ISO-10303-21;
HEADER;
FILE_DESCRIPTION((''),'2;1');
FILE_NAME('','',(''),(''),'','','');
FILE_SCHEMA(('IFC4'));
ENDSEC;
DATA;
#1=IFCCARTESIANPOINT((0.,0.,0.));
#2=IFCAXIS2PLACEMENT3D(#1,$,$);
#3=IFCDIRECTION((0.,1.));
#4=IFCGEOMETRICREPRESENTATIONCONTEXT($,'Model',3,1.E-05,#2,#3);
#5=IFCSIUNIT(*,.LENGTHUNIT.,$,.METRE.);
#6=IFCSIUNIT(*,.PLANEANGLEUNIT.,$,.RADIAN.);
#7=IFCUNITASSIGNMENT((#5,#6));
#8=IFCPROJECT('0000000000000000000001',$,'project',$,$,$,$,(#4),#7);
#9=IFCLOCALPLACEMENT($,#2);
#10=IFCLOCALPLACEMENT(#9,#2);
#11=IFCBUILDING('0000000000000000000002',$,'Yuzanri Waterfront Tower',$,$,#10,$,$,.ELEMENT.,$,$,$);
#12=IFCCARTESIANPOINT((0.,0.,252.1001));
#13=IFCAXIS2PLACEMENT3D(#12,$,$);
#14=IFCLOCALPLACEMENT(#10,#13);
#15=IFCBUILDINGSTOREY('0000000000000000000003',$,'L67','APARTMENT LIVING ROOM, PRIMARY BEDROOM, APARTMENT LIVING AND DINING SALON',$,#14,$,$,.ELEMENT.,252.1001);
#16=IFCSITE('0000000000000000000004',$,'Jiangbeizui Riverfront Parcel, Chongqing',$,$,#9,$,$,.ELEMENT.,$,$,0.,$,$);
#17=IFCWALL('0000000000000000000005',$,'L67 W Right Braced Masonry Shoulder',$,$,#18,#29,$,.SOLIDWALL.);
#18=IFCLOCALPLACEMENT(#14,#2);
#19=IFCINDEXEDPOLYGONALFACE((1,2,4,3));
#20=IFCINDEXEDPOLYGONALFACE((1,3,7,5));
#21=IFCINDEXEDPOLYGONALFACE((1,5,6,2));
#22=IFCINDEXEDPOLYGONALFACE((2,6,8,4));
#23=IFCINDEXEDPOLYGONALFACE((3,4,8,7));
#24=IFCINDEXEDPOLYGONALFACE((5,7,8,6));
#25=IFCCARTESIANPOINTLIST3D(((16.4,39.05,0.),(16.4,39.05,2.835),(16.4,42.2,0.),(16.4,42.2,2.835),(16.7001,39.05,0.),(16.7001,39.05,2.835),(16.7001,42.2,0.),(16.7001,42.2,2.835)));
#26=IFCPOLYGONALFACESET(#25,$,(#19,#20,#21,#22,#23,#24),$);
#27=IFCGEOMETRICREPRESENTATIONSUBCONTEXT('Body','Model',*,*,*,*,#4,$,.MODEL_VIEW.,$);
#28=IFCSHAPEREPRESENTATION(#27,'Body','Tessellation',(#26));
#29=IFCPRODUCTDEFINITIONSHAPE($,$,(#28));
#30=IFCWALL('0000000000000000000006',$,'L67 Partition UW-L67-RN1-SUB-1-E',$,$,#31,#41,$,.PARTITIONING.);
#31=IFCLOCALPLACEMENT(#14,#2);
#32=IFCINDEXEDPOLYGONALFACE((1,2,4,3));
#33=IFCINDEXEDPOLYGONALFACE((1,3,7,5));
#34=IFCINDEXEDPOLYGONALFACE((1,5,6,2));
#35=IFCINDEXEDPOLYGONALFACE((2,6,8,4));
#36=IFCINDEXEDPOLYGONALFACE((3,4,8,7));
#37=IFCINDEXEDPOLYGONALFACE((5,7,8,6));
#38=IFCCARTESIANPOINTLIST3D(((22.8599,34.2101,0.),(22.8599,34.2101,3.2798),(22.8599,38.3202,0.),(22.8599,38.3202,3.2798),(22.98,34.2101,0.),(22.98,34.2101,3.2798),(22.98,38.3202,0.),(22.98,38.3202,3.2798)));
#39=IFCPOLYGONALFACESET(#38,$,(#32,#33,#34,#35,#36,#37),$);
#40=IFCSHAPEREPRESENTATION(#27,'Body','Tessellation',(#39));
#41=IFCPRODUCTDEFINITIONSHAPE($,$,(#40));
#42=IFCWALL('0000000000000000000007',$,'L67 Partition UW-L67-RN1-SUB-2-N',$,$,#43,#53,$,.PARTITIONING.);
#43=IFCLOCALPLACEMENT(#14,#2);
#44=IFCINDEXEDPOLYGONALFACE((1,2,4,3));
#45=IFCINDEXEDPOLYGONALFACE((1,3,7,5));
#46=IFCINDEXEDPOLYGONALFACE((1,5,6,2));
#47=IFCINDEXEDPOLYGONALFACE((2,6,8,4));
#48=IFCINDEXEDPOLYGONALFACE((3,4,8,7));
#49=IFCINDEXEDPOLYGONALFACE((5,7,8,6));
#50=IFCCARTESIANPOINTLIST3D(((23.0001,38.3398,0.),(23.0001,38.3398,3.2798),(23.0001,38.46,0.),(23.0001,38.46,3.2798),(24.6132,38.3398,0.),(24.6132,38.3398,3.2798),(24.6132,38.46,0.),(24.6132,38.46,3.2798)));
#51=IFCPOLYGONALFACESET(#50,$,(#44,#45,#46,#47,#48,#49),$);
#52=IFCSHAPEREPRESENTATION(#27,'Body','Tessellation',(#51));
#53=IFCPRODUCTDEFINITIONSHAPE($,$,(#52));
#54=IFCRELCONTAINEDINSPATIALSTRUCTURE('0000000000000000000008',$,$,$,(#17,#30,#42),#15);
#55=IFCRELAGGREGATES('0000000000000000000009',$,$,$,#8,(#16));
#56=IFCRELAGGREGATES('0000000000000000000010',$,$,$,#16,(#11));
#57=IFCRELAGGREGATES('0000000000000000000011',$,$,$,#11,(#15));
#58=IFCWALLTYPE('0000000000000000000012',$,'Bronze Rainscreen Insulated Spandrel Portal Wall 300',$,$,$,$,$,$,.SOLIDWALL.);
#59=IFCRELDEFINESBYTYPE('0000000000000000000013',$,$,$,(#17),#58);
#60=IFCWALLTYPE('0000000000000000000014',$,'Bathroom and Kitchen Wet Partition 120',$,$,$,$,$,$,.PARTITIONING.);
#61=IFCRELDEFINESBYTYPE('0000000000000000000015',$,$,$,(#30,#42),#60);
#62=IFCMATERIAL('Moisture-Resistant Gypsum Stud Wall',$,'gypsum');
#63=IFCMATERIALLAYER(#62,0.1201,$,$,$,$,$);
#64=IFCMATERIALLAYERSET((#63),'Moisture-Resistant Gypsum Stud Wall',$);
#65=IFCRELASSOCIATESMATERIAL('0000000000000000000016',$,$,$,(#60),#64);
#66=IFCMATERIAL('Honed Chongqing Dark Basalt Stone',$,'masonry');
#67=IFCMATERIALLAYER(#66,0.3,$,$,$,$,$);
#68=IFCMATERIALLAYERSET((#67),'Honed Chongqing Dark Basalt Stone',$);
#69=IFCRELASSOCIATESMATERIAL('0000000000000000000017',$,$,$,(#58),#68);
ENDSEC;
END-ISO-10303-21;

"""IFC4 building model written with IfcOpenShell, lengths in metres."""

from ifc_helpers import new_model, si_unit, direction, frame, frame_2d, origin, place, context, subcontext, project, spatial, rectangle, extrude, source, transform, mapped, material, layer, layer_set, type_object, element, save


model = new_model("IFC4")

# Units and contexts
model_context = context("Model", 3, precision=1e-05, world=origin(), true_north=direction((0.0, 1.0)))
body_context = subcontext(model_context, "Body", "Model", "MODEL_VIEW")
ifc_project = project(units=[si_unit("LENGTHUNIT", "METRE"), si_unit("PLANEANGLEUNIT", "RADIAN")], contexts=[model_context])

# Site, building, storey
site_placement = place(None, origin())
site = spatial("IfcSite", under=ifc_project, at=site_placement, Name="Jiangbeizui Riverfront Parcel, Chongqing", CompositionType="ELEMENT", RefElevation=0.0)
building_placement = place(site_placement, origin())
building = spatial("IfcBuilding", under=site, at=building_placement, Name="Yuzanri Waterfront Tower", CompositionType="ELEMENT")
storey_placement = place(building_placement, frame((0.0, 0.0, 252.1001)))
storey = spatial("IfcBuildingStorey", under=building, at=storey_placement, Name="L67", Description="APARTMENT LIVING ROOM, PRIMARY BEDROOM, APARTMENT LIVING AND DINING SALON", CompositionType="ELEMENT", Elevation=252.1001)

# Shared definitions
ifc_material_1 = material(Name="Moisture-Resistant Gypsum Stud Wall", Category="gypsum")
ifc_layer_1 = layer(ifc_material_1, 0.1201)
ifc_layer_set_1 = layer_set([ifc_layer_1], Name="Moisture-Resistant Gypsum Stud Wall")
wall_type_1 = type_object("IfcWallType", Name="Bathroom and Kitchen Wet Partition 120", PredefinedType="PARTITIONING", material=ifc_layer_set_1)

# Shared definitions
ifc_material_2 = material(Name="Honed Chongqing Dark Basalt Stone", Category="masonry")
ifc_layer_2 = layer(ifc_material_2, 0.3)
ifc_layer_set_2 = layer_set([ifc_layer_2], Name="Honed Chongqing Dark Basalt Stone")
wall_type_2 = type_object("IfcWallType", Name="Bronze Rainscreen Insulated Spandrel Portal Wall 300", PredefinedType="SOLIDWALL", material=ifc_layer_set_2)

# Walls
shared_shape_1 = source(origin(), body_context, "Body", "SweptSolid", [
    extrude(rectangle(XDim=3.1499, YDim=0.3, at=frame_2d((1.575, 0.0))), origin(), (0.0, 0.0, 1.0), 2.835),
])
for number, where, z_axis, x_axis, name in (
    (1, (16.55, 39.05, 0.0), (0.0, 0.0, 1.0), (0.0, 1.0, 0.0), "L67 W Right Braced Masonry Shoulder"),
):
    element("IfcWall", number, at=place(storey_placement, frame(where, z_axis=z_axis, x_axis=x_axis)), inside=storey, type_object=wall_type_2, Name=name, PredefinedType="SOLIDWALL", context=body_context, shape_type="MappedRepresentation", body=[
        mapped(shared_shape_1, transform((0.0, 0.0, 0.0), scale=1.0)),
    ])
shared_shape_2 = source(origin(), body_context, "Body", "SweptSolid", [
    extrude(rectangle(XDim=4.1101, YDim=0.1201, at=frame_2d((2.0552, 0.0))), origin(), (0.0, 0.0, 1.0), 3.2798),
])
wall_1_placement = place(storey_placement, frame((22.9199, 34.21, 0.0), z_axis=(0.0, 0.0, 1.0), x_axis=(0.0, 1.0, 0.0)))
element("IfcWall", 2, at=wall_1_placement, inside=storey, type_object=wall_type_1, Name="L67 Partition UW-L67-RN1-SUB-1-E", PredefinedType="PARTITIONING", context=body_context, shape_type="MappedRepresentation", body=[
    mapped(shared_shape_2, transform((0.0, 0.0, 0.0), scale=1.0)),
])
shared_shape_3 = source(origin(), body_context, "Body", "SweptSolid", [
    extrude(rectangle(XDim=1.613, YDim=0.1201, at=frame_2d((0.8066, 0.0))), origin(), (0.0, 0.0, 1.0), 3.2798),
])
wall_2_placement = place(storey_placement, frame((23.0, 38.3999, 0.0), z_axis=(0.0, 0.0, 1.0), x_axis=(1.0, 0.0, 0.0)))
element("IfcWall", 3, at=wall_2_placement, inside=storey, type_object=wall_type_1, Name="L67 Partition UW-L67-RN1-SUB-2-N", PredefinedType="PARTITIONING", context=body_context, shape_type="MappedRepresentation", body=[
    mapped(shared_shape_3, transform((0.0, 0.0, 0.0), scale=1.0)),
])

save(model, "model.ifc")
